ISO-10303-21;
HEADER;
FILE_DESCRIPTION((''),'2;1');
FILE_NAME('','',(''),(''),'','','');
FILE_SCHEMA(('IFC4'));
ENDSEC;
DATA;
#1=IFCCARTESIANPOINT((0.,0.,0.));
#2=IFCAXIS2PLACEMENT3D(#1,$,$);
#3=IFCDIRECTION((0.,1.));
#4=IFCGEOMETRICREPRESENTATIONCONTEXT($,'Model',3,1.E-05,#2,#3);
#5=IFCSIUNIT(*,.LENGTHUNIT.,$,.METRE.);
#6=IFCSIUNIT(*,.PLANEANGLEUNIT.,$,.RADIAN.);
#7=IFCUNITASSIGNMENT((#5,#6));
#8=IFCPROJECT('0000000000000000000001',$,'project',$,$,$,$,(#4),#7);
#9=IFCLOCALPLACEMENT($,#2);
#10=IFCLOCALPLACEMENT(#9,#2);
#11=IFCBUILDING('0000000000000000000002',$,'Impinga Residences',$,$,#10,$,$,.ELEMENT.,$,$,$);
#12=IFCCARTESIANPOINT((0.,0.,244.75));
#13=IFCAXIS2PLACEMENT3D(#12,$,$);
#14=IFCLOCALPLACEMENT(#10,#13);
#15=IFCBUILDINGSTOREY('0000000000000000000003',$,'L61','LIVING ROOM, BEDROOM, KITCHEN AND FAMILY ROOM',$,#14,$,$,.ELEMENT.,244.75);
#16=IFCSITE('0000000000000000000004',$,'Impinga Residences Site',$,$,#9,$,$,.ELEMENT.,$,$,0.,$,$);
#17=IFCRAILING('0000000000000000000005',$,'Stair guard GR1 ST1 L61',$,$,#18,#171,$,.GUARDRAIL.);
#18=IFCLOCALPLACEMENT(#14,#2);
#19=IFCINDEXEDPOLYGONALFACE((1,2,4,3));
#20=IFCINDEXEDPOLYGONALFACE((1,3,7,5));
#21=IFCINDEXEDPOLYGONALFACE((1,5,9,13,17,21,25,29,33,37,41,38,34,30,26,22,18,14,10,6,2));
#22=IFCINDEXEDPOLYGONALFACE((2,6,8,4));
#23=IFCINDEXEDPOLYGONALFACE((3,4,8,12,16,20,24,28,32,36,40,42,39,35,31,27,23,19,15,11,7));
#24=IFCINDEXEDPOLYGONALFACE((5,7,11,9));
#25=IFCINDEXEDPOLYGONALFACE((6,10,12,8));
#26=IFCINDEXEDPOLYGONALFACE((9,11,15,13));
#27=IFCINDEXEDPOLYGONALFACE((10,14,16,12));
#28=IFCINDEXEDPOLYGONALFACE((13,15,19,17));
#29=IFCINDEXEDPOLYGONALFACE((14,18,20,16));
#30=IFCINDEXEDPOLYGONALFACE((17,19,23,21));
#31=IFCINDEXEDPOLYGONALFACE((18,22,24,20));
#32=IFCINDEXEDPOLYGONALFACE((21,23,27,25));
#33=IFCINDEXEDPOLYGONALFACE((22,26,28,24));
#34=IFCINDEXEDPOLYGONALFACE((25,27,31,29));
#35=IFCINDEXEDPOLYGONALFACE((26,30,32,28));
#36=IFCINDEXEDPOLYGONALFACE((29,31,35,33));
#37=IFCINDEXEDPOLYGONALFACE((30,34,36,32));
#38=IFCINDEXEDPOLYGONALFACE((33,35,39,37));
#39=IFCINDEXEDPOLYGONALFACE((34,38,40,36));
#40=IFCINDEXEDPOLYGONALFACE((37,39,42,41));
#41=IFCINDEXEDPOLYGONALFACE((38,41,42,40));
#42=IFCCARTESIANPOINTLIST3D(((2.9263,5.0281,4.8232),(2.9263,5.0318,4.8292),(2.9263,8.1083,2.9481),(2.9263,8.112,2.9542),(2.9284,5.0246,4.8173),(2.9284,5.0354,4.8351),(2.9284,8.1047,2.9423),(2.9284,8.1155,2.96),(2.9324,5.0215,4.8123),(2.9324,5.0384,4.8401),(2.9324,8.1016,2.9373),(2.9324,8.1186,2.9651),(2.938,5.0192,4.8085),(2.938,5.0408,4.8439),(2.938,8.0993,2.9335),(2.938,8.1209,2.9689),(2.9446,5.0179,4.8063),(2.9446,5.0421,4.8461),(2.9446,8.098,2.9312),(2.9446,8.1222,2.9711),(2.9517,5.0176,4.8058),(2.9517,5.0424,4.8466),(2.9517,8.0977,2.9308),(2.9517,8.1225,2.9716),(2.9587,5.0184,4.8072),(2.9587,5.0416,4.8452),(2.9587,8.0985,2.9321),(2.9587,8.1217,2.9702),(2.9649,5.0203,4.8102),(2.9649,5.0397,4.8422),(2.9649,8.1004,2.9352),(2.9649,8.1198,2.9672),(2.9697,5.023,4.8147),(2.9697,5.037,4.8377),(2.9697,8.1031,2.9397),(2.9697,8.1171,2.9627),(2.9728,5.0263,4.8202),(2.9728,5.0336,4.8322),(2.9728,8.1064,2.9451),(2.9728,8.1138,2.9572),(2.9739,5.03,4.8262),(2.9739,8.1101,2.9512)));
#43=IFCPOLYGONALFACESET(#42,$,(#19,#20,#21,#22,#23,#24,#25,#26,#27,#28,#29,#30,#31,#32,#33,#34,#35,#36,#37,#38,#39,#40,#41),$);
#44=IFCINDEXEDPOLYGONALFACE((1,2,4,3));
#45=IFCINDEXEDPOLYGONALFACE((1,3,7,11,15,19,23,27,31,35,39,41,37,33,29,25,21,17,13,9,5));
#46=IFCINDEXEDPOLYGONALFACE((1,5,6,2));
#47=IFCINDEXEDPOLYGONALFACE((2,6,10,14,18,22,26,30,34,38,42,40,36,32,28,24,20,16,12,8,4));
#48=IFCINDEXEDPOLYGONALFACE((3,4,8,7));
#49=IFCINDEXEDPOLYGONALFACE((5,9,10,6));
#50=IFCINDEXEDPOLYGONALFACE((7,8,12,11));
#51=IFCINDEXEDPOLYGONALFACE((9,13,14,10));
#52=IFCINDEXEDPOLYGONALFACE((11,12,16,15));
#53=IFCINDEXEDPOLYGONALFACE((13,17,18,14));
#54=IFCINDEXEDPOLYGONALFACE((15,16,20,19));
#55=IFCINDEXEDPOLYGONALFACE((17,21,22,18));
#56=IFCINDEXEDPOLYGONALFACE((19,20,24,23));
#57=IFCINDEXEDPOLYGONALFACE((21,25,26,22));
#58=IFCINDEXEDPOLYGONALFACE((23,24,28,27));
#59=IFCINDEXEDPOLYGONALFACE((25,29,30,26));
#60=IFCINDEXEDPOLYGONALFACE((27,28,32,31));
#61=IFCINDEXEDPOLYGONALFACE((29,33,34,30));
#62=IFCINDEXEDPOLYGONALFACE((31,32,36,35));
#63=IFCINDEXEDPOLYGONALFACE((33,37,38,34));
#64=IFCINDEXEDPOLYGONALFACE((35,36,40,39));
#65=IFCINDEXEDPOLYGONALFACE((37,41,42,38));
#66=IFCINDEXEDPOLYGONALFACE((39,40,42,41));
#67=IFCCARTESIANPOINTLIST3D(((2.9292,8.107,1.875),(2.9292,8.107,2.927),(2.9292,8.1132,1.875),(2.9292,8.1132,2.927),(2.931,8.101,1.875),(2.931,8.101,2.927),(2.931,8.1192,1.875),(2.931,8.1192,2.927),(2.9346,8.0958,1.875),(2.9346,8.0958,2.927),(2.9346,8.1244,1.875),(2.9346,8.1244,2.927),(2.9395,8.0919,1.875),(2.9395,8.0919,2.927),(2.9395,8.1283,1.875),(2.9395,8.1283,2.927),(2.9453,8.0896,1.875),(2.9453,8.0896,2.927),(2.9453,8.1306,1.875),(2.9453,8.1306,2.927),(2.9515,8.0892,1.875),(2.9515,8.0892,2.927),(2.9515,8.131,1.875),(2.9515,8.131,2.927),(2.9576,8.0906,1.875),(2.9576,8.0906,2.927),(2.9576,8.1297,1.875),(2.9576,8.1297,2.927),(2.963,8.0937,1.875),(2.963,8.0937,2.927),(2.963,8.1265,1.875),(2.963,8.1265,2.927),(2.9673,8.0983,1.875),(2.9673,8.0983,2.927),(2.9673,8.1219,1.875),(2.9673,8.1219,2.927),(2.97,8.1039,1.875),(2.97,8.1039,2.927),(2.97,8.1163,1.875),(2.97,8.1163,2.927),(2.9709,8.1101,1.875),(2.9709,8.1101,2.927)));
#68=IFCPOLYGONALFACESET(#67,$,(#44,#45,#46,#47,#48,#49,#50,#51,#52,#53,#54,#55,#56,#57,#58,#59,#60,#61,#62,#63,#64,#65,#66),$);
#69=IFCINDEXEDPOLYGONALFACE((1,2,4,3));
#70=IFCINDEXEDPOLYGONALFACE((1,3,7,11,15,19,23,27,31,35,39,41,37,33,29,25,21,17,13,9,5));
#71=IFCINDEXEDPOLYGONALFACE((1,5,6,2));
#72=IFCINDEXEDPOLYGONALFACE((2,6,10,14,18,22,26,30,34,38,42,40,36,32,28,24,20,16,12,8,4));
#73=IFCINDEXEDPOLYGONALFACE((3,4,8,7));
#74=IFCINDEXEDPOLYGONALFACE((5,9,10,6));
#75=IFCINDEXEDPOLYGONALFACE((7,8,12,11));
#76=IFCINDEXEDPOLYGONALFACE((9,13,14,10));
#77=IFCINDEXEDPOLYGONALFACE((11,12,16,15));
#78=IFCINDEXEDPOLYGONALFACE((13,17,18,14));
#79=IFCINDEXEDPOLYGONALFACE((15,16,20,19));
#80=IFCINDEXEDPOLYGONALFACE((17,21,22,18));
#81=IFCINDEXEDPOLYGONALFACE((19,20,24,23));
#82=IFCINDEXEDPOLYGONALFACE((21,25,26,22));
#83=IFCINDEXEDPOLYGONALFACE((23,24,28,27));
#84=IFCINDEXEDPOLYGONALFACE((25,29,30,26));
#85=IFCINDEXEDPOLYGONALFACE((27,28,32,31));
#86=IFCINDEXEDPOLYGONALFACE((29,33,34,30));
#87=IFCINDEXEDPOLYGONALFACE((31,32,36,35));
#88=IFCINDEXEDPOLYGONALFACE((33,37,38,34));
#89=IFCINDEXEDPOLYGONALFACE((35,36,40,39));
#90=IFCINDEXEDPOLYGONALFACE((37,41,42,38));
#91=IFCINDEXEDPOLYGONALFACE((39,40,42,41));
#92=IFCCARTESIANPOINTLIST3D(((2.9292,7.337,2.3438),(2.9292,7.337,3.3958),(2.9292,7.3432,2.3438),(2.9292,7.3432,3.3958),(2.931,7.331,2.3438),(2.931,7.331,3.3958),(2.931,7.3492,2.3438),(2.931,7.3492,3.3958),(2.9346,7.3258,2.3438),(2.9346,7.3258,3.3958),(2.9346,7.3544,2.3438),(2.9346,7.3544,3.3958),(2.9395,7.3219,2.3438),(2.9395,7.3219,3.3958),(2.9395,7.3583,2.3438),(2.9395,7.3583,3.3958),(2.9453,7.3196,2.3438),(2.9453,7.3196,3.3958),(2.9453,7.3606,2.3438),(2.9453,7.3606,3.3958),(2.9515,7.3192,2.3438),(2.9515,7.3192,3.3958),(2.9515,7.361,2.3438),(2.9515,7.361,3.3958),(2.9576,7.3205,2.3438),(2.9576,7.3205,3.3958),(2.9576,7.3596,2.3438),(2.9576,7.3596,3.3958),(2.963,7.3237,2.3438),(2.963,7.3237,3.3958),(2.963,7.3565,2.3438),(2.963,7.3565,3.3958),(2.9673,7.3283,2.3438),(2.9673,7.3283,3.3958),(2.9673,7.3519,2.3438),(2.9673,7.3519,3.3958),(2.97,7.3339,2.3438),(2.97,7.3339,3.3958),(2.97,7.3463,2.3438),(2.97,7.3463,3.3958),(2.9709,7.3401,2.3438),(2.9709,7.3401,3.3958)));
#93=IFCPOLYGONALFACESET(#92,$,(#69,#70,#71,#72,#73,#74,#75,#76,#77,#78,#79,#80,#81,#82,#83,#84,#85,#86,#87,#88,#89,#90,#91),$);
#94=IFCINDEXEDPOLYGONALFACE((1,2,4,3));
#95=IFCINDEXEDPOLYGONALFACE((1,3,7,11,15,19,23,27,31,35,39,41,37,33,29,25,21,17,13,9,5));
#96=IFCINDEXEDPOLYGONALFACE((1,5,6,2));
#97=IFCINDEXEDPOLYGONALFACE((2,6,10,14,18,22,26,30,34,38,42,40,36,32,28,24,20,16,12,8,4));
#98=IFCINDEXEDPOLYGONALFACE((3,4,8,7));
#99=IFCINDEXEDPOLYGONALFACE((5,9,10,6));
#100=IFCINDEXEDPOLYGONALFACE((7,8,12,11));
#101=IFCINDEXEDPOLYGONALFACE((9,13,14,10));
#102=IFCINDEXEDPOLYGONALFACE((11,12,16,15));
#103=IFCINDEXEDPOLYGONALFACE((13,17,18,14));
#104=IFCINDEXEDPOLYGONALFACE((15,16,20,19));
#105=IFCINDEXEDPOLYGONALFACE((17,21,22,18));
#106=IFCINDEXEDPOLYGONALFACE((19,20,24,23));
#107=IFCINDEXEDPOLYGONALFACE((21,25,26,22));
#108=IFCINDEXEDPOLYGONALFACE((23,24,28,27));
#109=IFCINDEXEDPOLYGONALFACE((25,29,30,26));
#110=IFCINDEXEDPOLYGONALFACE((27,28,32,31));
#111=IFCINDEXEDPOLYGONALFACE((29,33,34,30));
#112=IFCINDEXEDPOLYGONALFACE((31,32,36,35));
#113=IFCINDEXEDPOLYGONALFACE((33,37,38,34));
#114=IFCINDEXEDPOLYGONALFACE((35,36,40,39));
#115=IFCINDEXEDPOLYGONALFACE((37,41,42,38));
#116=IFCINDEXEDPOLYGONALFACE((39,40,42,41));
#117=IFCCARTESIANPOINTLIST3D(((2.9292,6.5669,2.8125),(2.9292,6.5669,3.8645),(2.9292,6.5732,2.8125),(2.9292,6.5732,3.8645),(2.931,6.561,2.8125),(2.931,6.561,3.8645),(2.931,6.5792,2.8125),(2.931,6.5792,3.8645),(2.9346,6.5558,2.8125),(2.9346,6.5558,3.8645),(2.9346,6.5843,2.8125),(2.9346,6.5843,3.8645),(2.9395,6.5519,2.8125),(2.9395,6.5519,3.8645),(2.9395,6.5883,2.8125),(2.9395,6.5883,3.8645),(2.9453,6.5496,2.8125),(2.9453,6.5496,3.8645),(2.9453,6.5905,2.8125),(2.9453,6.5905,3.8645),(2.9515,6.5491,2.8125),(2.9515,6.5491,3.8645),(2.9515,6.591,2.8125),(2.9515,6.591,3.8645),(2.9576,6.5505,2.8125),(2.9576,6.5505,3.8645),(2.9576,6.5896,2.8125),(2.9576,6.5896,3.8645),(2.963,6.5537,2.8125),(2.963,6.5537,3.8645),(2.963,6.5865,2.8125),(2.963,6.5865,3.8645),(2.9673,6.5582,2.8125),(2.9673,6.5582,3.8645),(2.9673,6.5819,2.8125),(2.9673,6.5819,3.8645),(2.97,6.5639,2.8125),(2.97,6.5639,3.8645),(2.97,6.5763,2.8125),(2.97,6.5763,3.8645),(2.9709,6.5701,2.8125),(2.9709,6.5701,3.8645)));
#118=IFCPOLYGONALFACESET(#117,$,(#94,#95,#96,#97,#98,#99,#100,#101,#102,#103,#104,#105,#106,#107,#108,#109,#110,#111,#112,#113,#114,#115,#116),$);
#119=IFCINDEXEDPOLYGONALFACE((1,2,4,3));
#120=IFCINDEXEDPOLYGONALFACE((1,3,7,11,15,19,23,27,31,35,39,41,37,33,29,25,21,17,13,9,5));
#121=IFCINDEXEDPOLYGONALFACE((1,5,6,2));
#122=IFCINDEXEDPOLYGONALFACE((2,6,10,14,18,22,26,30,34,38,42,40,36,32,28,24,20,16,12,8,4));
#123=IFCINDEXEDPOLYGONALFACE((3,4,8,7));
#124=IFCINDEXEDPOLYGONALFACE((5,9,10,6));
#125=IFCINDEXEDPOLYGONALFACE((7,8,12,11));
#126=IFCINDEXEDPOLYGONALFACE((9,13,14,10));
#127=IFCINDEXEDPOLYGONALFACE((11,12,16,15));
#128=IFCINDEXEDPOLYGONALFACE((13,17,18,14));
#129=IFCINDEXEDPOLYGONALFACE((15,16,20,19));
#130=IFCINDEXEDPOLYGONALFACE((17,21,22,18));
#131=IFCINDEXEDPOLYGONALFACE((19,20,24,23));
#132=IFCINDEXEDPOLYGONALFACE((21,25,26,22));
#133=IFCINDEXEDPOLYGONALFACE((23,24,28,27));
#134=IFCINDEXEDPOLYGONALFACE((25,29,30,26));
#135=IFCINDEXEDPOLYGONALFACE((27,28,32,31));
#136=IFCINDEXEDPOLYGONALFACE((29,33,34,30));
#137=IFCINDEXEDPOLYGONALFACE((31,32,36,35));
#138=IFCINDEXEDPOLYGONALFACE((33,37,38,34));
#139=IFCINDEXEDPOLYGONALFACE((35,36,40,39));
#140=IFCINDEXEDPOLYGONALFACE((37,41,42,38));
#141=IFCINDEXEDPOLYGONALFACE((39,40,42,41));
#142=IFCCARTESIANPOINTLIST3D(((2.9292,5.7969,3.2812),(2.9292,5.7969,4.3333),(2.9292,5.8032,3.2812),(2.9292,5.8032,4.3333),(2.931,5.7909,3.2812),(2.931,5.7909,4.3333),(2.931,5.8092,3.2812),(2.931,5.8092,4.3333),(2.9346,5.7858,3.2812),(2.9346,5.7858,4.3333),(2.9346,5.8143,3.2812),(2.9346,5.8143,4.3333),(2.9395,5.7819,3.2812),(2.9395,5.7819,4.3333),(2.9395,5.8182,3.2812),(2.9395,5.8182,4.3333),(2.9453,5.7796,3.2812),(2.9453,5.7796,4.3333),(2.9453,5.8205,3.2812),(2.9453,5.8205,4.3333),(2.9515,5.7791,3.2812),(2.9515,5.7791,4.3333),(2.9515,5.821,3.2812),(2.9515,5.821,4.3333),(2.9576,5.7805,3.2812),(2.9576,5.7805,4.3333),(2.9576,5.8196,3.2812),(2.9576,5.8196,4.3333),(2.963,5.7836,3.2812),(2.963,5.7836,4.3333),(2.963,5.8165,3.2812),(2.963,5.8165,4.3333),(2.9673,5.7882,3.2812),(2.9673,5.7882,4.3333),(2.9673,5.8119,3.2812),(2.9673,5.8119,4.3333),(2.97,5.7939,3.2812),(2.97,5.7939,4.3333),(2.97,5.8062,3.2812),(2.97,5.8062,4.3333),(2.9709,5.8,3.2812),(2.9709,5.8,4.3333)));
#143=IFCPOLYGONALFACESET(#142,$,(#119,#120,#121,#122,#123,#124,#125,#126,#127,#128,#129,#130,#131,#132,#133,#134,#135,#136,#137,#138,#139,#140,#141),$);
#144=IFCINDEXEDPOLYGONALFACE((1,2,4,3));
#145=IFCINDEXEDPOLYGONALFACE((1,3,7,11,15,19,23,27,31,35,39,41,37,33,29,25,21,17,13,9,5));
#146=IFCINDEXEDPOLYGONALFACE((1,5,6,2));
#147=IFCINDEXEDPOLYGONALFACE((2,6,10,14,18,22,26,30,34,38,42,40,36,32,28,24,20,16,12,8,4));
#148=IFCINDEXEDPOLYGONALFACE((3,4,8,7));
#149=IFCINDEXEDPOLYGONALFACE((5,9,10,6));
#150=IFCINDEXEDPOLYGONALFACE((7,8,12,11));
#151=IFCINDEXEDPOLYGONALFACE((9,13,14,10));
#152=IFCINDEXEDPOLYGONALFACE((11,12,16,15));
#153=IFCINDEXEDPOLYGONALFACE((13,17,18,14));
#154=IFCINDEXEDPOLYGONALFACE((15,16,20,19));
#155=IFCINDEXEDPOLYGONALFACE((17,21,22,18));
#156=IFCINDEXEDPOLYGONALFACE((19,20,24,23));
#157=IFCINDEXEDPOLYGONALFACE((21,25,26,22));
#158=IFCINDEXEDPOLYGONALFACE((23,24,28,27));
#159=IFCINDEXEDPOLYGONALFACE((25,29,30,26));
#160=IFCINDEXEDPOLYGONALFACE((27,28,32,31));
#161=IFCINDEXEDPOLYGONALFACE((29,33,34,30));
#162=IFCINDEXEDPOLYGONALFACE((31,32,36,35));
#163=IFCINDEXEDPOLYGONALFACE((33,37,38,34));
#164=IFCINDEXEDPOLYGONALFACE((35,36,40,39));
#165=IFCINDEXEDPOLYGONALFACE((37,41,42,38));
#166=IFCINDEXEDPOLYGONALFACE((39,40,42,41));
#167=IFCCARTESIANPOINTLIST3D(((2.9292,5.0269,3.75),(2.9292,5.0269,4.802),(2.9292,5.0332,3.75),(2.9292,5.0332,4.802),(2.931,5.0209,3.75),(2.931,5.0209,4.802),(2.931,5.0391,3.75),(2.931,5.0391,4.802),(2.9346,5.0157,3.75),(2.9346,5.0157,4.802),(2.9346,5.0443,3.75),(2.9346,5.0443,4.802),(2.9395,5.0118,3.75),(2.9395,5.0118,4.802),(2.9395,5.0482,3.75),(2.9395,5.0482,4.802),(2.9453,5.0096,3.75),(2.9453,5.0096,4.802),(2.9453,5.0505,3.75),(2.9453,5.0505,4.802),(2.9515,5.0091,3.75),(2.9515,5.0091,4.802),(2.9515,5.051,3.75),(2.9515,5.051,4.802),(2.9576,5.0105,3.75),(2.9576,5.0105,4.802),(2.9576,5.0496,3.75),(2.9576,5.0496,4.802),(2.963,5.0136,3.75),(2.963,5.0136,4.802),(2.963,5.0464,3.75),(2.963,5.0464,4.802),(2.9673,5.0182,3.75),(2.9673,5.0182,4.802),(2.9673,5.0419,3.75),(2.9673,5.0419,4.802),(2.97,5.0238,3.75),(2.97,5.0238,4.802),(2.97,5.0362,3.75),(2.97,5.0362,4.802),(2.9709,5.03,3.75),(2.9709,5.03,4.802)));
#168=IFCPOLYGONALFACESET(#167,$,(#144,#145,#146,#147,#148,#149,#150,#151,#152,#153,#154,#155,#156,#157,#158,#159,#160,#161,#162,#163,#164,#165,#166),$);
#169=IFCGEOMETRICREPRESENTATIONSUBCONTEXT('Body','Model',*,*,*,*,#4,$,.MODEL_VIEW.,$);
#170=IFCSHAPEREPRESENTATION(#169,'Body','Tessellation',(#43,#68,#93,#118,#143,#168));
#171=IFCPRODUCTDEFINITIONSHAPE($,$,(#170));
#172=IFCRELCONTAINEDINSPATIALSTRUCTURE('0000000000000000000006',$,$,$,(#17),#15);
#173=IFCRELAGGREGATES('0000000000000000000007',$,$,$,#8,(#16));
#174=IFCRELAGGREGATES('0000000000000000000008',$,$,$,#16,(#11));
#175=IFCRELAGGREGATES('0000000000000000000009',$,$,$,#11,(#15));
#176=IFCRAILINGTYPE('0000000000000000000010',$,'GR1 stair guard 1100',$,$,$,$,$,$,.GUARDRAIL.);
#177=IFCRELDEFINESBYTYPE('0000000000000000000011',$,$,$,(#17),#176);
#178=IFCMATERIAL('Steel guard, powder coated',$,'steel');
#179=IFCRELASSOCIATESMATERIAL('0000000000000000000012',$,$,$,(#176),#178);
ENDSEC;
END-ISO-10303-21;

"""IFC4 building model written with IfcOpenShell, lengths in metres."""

from ifc_helpers import new_model, si_unit, direction, frame, origin, origin_2d, place, context, subcontext, project, spatial, circle, extrude, material, type_object, element, save


model = new_model("IFC4")

# Units and contexts
model_context = context("Model", 3, precision=1e-05, world=origin(), true_north=direction((0.0, 1.0)))
body_context = subcontext(model_context, "Body", "Model", "MODEL_VIEW")
ifc_project = project(units=[si_unit("LENGTHUNIT", "METRE"), si_unit("PLANEANGLEUNIT", "RADIAN")], contexts=[model_context])

# Site, building, storey
site_placement = place(None, origin())
site = spatial("IfcSite", under=ifc_project, at=site_placement, Name="Impinga Residences Site", CompositionType="ELEMENT", RefElevation=0.0)
building_placement = place(site_placement, origin())
building = spatial("IfcBuilding", under=site, at=building_placement, Name="Impinga Residences", CompositionType="ELEMENT")
storey_placement = place(building_placement, frame((0.0, 0.0, 244.75)))
storey = spatial("IfcBuildingStorey", under=building, at=storey_placement, Name="L61", Description="LIVING ROOM, BEDROOM, KITCHEN AND FAMILY ROOM", CompositionType="ELEMENT", Elevation=244.75)

# Railing
ifc_material_1 = material(Name="Steel guard, powder coated", Category="steel")
railing_type_1 = type_object("IfcRailingType", Name="GR1 stair guard 1100", PredefinedType="GUARDRAIL", material=ifc_material_1)
railing_1_placement = place(storey_placement, frame((2.95, 8.1101, 1.875)))
element("IfcRailing", 1, at=railing_1_placement, inside=storey, type_object=railing_type_1, Name="Stair guard GR1 ST1 L61", PredefinedType="GUARDRAIL", context=body_context, shape_type="SweptSolid", body=[
    extrude(circle(Radius=0.0239, at=origin_2d()), frame((0.0, 0.0, 1.0762), z_axis=(0.0, -0.854178, 0.519981), x_axis=(1.0, 0.0, 0.0)), (0.0, 0.0, 1.0), 3.606),
    extrude(circle(Radius=0.021, at=origin_2d()), origin(), (0.0, 0.0, 1.0), 1.052),
    extrude(circle(Radius=0.021, at=origin_2d()), frame((0.0, -0.77, 0.4688)), (0.0, 0.0, 1.0), 1.052),
    extrude(circle(Radius=0.021, at=origin_2d()), frame((0.0, -1.54, 0.9375)), (0.0, 0.0, 1.0), 1.052),
    extrude(circle(Radius=0.021, at=origin_2d()), frame((0.0, -2.3101, 1.4062)), (0.0, 0.0, 1.0), 1.052),
    extrude(circle(Radius=0.021, at=origin_2d()), frame((0.0, -3.0801, 1.875)), (0.0, 0.0, 1.0), 1.052),
])

save(model, "model.ifc")
